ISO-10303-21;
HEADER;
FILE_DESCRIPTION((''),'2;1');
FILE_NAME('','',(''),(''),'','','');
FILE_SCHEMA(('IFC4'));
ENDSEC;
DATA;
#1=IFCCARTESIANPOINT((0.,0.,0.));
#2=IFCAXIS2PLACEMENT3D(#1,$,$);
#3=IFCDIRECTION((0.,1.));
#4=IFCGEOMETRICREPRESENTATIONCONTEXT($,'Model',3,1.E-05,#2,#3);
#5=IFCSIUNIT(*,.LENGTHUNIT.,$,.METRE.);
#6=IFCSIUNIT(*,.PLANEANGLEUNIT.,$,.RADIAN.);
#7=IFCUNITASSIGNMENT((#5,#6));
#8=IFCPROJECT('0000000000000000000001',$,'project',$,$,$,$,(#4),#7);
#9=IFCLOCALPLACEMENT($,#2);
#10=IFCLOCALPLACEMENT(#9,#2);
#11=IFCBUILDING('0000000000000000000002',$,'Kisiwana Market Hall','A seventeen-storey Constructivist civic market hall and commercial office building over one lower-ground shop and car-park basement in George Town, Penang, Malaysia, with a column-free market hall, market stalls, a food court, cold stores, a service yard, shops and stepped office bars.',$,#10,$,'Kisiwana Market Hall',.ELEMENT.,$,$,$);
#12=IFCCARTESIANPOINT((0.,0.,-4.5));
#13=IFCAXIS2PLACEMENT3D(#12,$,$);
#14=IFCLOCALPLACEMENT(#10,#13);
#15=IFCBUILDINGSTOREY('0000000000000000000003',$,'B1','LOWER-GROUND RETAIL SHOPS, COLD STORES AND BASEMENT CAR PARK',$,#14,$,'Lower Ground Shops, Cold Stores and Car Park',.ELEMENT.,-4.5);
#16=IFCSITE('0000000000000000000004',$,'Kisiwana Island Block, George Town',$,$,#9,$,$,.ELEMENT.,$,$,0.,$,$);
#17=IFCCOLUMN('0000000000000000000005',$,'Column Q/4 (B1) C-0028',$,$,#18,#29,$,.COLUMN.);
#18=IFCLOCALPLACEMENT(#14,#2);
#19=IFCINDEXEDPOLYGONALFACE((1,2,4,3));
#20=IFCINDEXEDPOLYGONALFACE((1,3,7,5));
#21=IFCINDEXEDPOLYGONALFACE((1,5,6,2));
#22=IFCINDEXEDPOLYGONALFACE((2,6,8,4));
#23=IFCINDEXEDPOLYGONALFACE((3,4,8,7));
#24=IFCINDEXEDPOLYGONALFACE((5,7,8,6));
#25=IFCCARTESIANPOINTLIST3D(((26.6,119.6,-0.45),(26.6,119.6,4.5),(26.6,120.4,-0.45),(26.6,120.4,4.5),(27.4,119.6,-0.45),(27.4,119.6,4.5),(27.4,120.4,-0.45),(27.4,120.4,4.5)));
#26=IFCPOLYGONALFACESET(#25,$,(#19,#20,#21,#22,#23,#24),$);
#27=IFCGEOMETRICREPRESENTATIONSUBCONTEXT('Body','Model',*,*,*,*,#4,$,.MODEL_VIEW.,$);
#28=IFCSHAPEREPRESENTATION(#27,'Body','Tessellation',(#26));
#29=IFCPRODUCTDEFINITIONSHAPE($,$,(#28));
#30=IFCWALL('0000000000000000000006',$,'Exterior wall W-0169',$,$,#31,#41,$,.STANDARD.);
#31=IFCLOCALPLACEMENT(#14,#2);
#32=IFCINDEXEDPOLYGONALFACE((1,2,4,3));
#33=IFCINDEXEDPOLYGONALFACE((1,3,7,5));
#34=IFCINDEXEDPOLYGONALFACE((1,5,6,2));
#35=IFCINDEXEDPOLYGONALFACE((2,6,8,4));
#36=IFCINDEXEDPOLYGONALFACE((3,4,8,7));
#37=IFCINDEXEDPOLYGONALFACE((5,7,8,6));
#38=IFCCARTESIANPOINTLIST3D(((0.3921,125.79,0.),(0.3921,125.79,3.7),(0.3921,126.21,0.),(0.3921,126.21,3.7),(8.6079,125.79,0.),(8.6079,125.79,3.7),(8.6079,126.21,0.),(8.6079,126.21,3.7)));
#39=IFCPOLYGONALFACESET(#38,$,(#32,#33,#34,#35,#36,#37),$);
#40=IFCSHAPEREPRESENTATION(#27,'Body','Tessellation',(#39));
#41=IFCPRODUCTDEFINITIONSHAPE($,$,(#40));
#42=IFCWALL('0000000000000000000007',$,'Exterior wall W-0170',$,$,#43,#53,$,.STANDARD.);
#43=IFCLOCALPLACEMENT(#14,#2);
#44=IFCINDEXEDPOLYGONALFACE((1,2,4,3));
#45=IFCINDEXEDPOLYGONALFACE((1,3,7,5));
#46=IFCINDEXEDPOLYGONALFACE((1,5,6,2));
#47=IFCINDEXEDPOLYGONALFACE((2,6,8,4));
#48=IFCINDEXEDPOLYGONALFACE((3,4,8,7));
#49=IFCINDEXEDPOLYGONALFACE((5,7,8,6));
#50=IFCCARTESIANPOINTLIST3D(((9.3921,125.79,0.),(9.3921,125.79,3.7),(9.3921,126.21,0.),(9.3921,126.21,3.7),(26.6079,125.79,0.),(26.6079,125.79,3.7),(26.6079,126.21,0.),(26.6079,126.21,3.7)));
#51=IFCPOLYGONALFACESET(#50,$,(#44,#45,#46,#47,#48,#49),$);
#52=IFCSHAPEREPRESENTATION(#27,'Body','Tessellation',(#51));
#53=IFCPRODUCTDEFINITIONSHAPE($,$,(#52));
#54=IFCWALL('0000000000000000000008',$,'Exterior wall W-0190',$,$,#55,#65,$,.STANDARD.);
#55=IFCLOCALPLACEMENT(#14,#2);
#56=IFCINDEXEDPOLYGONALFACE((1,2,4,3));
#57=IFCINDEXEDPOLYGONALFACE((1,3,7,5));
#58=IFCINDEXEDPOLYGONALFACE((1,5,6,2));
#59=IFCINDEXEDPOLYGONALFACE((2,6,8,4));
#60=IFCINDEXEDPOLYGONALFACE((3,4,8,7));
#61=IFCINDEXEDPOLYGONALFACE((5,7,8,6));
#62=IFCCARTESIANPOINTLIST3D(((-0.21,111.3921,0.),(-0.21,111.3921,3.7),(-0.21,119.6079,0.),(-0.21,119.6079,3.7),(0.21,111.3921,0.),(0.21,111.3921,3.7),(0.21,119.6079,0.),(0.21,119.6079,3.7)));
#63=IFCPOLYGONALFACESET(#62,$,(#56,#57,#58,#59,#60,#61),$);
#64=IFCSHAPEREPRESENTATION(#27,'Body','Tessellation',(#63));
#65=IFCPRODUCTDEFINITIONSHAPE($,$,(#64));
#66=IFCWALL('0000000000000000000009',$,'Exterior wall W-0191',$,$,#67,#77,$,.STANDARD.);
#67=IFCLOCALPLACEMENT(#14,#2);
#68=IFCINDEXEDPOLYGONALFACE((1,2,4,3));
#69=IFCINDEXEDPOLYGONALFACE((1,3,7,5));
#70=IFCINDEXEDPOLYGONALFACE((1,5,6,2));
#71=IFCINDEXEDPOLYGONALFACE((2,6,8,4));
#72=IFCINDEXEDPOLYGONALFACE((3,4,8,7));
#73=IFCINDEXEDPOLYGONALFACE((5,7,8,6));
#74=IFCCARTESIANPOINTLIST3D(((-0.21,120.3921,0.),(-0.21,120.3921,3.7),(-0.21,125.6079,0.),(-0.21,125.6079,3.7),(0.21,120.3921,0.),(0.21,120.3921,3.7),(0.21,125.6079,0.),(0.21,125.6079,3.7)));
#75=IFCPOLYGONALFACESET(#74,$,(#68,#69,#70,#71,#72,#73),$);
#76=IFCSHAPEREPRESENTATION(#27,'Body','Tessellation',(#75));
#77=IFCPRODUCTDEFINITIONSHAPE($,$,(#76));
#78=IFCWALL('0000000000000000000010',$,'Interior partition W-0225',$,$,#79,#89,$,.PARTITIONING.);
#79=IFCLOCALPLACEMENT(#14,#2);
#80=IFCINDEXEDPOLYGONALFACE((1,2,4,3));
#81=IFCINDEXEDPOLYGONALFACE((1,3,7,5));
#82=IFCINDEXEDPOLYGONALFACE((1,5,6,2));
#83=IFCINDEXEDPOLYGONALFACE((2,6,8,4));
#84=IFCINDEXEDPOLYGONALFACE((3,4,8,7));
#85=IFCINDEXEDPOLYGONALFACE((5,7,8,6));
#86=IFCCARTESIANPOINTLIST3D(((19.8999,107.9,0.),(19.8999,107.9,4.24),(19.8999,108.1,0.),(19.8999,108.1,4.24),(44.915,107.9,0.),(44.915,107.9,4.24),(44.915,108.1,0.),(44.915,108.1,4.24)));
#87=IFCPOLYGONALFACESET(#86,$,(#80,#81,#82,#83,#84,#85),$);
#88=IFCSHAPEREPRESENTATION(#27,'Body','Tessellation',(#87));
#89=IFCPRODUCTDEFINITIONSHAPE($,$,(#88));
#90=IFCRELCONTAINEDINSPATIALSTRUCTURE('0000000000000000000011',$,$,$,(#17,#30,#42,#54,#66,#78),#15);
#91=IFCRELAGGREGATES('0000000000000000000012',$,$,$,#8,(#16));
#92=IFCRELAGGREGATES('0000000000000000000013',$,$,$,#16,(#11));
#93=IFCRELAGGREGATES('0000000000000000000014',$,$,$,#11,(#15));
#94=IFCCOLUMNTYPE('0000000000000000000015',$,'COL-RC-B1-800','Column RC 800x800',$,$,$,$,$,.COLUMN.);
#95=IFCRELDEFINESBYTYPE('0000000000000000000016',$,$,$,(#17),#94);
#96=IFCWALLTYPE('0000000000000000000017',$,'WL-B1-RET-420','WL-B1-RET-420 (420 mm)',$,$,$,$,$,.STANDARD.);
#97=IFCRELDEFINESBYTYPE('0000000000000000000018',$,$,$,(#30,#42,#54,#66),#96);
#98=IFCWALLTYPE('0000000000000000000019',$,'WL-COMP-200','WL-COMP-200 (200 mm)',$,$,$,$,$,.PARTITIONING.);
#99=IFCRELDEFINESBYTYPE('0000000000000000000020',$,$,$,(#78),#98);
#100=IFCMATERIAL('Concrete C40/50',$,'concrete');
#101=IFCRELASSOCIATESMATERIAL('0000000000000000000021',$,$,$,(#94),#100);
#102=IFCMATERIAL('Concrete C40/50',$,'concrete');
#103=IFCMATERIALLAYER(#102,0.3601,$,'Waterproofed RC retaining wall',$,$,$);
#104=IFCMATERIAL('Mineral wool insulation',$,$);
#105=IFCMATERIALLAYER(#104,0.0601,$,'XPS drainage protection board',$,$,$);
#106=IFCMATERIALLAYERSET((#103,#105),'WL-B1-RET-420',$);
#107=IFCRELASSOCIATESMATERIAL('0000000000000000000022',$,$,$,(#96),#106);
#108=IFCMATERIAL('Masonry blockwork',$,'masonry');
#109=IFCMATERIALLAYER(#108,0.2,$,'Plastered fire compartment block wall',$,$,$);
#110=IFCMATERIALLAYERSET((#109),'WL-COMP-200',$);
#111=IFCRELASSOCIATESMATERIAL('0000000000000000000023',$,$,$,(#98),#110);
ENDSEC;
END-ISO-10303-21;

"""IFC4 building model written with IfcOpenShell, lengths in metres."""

from ifc_helpers import new_model, si_unit, direction, frame, frame_2d, origin, origin_2d, place, context, subcontext, project, spatial, rectangle, extrude, material, layer, layer_set, material_profile, profile_set, type_object, element, save


model = new_model("IFC4")

# Units and contexts
model_context = context("Model", 3, precision=1e-05, world=origin(), true_north=direction((0.0, 1.0)))
body_context = subcontext(model_context, "Body", "Model", "MODEL_VIEW")
ifc_project = project(units=[si_unit("LENGTHUNIT", "METRE"), si_unit("PLANEANGLEUNIT", "RADIAN")], contexts=[model_context])

# Site, building, storey
site_placement = place(None, origin())
site = spatial("IfcSite", under=ifc_project, at=site_placement, Name="Kisiwana Island Block, George Town", CompositionType="ELEMENT", RefElevation=0.0)
building_placement = place(site_placement, origin())
building = spatial("IfcBuilding", under=site, at=building_placement, Name="Kisiwana Market Hall", Description="A seventeen-storey Constructivist civic market hall and commercial office building over one lower-ground shop and car-park basement in George Town, Penang, Malaysia, with a column-free market hall, market stalls, a food court, cold stores, a service yard, shops and stepped office bars.", LongName="Kisiwana Market Hall", CompositionType="ELEMENT")
storey_placement = place(building_placement, frame((0.0, 0.0, -4.5)))
storey = spatial("IfcBuildingStorey", under=building, at=storey_placement, Name="B1", Description="LOWER-GROUND RETAIL SHOPS, COLD STORES AND BASEMENT CAR PARK", LongName="Lower Ground Shops, Cold Stores and Car Park", CompositionType="ELEMENT", Elevation=-4.5)

# Column
ifc_material_1 = material(Name="Concrete C40/50", Category="concrete")
ifc_material_profile_1 = material_profile(ifc_material_1, rectangle(XDim=0.8, YDim=0.8, at=origin_2d()), Name="RC 800x800")
ifc_profile_set_1 = profile_set([ifc_material_profile_1], Name="Concrete C40/50")
column_type = type_object("IfcColumnType", Name="COL-RC-B1-800", Description="Column RC 800x800", PredefinedType="COLUMN", material=ifc_profile_set_1)
for number, where, z_axis, x_axis, name in (
    (1, (27.0, 120.0, -0.45), (0.0, 0.0, 1.0), (1.0, 0.0, 0.0), "Column Q/4 (B1) C-0028"),
):
    element("IfcColumn", number, at=place(storey_placement, frame(where, z_axis=z_axis, x_axis=x_axis)), inside=storey, type_object=column_type, Name=name, PredefinedType="COLUMN", context=body_context, shape_type="SweptSolid", body=[
        extrude(rectangle(XDim=0.8, YDim=0.8, at=origin_2d()), origin(), (0.0, 0.0, 1.0), 4.95),
    ])

# Walls
ifc_material_2 = material(Name="Concrete C40/50", Category="concrete")
ifc_layer_1 = layer(ifc_material_2, 0.3601, Name="Waterproofed RC retaining wall")
ifc_material_3 = material(Name="Mineral wool insulation")
ifc_layer_2 = layer(ifc_material_3, 0.0601, Name="XPS drainage protection board")
ifc_layer_set_1 = layer_set([ifc_layer_1, ifc_layer_2], Name="WL-B1-RET-420")
wall_type_1 = type_object("IfcWallType", Name="WL-B1-RET-420", Description="WL-B1-RET-420 (420 mm)", PredefinedType="STANDARD", material=ifc_layer_set_1)
wall_1_placement = place(storey_placement, frame((0.3921, 126.0, 0.0), z_axis=(0.0, 0.0, 1.0), x_axis=(1.0, 0.0, 0.0)))
element("IfcWall", 2, at=wall_1_placement, inside=storey, type_object=wall_type_1, Name="Exterior wall W-0169", PredefinedType="STANDARD", context=body_context, shape_type="SweptSolid", body=[
    extrude(rectangle(XDim=8.2158, YDim=0.4199, at=frame_2d((4.1079, 0.0))), origin(), (0.0, 0.0, 1.0), 3.7),
])
wall_2_placement = place(storey_placement, frame((9.3921, 126.0, 0.0), z_axis=(0.0, 0.0, 1.0), x_axis=(1.0, 0.0, 0.0)))
element("IfcWall", 3, at=wall_2_placement, inside=storey, type_object=wall_type_1, Name="Exterior wall W-0170", PredefinedType="STANDARD", context=body_context, shape_type="SweptSolid", body=[
    extrude(rectangle(XDim=17.2158, YDim=0.4199, at=frame_2d((8.6079, 0.0))), origin(), (0.0, 0.0, 1.0), 3.7),
])
wall_3_placement = place(storey_placement, frame((0.0, 111.3921, 0.0), z_axis=(0.0, 0.0, 1.0), x_axis=(0.0, 1.0, 0.0)))
element("IfcWall", 4, at=wall_3_placement, inside=storey, type_object=wall_type_1, Name="Exterior wall W-0190", PredefinedType="STANDARD", context=body_context, shape_type="SweptSolid", body=[
    extrude(rectangle(XDim=8.2158, YDim=0.4199, at=frame_2d((4.1079, 0.0))), origin(), (0.0, 0.0, 1.0), 3.7),
])
wall_4_placement = place(storey_placement, frame((0.0, 120.3921, 0.0), z_axis=(0.0, 0.0, 1.0), x_axis=(0.0, 1.0, 0.0)))
element("IfcWall", 5, at=wall_4_placement, inside=storey, type_object=wall_type_1, Name="Exterior wall W-0191", PredefinedType="STANDARD", context=body_context, shape_type="SweptSolid", body=[
    extrude(rectangle(XDim=5.2158, YDim=0.4199, at=frame_2d((2.6079, 0.0))), origin(), (0.0, 0.0, 1.0), 3.7),
])
ifc_material_4 = material(Name="Masonry blockwork", Category="masonry")
ifc_layer_3 = layer(ifc_material_4, 0.2, Name="Plastered fire compartment block wall")
ifc_layer_set_2 = layer_set([ifc_layer_3], Name="WL-COMP-200")
wall_type_2 = type_object("IfcWallType", Name="WL-COMP-200", Description="WL-COMP-200 (200 mm)", PredefinedType="PARTITIONING", material=ifc_layer_set_2)
wall_5_placement = place(storey_placement, frame((19.8999, 108.0, 0.0), z_axis=(0.0, 0.0, 1.0), x_axis=(1.0, 0.0, 0.0)))
element("IfcWall", 6, at=wall_5_placement, inside=storey, type_object=wall_type_2, Name="Interior partition W-0225", PredefinedType="PARTITIONING", context=body_context, shape_type="SweptSolid", body=[
    extrude(rectangle(XDim=25.0151, YDim=0.2, at=frame_2d((12.5076, 0.0))), origin(), (0.0, 0.0, 1.0), 4.24),
])

save(model, "model.ifc")
